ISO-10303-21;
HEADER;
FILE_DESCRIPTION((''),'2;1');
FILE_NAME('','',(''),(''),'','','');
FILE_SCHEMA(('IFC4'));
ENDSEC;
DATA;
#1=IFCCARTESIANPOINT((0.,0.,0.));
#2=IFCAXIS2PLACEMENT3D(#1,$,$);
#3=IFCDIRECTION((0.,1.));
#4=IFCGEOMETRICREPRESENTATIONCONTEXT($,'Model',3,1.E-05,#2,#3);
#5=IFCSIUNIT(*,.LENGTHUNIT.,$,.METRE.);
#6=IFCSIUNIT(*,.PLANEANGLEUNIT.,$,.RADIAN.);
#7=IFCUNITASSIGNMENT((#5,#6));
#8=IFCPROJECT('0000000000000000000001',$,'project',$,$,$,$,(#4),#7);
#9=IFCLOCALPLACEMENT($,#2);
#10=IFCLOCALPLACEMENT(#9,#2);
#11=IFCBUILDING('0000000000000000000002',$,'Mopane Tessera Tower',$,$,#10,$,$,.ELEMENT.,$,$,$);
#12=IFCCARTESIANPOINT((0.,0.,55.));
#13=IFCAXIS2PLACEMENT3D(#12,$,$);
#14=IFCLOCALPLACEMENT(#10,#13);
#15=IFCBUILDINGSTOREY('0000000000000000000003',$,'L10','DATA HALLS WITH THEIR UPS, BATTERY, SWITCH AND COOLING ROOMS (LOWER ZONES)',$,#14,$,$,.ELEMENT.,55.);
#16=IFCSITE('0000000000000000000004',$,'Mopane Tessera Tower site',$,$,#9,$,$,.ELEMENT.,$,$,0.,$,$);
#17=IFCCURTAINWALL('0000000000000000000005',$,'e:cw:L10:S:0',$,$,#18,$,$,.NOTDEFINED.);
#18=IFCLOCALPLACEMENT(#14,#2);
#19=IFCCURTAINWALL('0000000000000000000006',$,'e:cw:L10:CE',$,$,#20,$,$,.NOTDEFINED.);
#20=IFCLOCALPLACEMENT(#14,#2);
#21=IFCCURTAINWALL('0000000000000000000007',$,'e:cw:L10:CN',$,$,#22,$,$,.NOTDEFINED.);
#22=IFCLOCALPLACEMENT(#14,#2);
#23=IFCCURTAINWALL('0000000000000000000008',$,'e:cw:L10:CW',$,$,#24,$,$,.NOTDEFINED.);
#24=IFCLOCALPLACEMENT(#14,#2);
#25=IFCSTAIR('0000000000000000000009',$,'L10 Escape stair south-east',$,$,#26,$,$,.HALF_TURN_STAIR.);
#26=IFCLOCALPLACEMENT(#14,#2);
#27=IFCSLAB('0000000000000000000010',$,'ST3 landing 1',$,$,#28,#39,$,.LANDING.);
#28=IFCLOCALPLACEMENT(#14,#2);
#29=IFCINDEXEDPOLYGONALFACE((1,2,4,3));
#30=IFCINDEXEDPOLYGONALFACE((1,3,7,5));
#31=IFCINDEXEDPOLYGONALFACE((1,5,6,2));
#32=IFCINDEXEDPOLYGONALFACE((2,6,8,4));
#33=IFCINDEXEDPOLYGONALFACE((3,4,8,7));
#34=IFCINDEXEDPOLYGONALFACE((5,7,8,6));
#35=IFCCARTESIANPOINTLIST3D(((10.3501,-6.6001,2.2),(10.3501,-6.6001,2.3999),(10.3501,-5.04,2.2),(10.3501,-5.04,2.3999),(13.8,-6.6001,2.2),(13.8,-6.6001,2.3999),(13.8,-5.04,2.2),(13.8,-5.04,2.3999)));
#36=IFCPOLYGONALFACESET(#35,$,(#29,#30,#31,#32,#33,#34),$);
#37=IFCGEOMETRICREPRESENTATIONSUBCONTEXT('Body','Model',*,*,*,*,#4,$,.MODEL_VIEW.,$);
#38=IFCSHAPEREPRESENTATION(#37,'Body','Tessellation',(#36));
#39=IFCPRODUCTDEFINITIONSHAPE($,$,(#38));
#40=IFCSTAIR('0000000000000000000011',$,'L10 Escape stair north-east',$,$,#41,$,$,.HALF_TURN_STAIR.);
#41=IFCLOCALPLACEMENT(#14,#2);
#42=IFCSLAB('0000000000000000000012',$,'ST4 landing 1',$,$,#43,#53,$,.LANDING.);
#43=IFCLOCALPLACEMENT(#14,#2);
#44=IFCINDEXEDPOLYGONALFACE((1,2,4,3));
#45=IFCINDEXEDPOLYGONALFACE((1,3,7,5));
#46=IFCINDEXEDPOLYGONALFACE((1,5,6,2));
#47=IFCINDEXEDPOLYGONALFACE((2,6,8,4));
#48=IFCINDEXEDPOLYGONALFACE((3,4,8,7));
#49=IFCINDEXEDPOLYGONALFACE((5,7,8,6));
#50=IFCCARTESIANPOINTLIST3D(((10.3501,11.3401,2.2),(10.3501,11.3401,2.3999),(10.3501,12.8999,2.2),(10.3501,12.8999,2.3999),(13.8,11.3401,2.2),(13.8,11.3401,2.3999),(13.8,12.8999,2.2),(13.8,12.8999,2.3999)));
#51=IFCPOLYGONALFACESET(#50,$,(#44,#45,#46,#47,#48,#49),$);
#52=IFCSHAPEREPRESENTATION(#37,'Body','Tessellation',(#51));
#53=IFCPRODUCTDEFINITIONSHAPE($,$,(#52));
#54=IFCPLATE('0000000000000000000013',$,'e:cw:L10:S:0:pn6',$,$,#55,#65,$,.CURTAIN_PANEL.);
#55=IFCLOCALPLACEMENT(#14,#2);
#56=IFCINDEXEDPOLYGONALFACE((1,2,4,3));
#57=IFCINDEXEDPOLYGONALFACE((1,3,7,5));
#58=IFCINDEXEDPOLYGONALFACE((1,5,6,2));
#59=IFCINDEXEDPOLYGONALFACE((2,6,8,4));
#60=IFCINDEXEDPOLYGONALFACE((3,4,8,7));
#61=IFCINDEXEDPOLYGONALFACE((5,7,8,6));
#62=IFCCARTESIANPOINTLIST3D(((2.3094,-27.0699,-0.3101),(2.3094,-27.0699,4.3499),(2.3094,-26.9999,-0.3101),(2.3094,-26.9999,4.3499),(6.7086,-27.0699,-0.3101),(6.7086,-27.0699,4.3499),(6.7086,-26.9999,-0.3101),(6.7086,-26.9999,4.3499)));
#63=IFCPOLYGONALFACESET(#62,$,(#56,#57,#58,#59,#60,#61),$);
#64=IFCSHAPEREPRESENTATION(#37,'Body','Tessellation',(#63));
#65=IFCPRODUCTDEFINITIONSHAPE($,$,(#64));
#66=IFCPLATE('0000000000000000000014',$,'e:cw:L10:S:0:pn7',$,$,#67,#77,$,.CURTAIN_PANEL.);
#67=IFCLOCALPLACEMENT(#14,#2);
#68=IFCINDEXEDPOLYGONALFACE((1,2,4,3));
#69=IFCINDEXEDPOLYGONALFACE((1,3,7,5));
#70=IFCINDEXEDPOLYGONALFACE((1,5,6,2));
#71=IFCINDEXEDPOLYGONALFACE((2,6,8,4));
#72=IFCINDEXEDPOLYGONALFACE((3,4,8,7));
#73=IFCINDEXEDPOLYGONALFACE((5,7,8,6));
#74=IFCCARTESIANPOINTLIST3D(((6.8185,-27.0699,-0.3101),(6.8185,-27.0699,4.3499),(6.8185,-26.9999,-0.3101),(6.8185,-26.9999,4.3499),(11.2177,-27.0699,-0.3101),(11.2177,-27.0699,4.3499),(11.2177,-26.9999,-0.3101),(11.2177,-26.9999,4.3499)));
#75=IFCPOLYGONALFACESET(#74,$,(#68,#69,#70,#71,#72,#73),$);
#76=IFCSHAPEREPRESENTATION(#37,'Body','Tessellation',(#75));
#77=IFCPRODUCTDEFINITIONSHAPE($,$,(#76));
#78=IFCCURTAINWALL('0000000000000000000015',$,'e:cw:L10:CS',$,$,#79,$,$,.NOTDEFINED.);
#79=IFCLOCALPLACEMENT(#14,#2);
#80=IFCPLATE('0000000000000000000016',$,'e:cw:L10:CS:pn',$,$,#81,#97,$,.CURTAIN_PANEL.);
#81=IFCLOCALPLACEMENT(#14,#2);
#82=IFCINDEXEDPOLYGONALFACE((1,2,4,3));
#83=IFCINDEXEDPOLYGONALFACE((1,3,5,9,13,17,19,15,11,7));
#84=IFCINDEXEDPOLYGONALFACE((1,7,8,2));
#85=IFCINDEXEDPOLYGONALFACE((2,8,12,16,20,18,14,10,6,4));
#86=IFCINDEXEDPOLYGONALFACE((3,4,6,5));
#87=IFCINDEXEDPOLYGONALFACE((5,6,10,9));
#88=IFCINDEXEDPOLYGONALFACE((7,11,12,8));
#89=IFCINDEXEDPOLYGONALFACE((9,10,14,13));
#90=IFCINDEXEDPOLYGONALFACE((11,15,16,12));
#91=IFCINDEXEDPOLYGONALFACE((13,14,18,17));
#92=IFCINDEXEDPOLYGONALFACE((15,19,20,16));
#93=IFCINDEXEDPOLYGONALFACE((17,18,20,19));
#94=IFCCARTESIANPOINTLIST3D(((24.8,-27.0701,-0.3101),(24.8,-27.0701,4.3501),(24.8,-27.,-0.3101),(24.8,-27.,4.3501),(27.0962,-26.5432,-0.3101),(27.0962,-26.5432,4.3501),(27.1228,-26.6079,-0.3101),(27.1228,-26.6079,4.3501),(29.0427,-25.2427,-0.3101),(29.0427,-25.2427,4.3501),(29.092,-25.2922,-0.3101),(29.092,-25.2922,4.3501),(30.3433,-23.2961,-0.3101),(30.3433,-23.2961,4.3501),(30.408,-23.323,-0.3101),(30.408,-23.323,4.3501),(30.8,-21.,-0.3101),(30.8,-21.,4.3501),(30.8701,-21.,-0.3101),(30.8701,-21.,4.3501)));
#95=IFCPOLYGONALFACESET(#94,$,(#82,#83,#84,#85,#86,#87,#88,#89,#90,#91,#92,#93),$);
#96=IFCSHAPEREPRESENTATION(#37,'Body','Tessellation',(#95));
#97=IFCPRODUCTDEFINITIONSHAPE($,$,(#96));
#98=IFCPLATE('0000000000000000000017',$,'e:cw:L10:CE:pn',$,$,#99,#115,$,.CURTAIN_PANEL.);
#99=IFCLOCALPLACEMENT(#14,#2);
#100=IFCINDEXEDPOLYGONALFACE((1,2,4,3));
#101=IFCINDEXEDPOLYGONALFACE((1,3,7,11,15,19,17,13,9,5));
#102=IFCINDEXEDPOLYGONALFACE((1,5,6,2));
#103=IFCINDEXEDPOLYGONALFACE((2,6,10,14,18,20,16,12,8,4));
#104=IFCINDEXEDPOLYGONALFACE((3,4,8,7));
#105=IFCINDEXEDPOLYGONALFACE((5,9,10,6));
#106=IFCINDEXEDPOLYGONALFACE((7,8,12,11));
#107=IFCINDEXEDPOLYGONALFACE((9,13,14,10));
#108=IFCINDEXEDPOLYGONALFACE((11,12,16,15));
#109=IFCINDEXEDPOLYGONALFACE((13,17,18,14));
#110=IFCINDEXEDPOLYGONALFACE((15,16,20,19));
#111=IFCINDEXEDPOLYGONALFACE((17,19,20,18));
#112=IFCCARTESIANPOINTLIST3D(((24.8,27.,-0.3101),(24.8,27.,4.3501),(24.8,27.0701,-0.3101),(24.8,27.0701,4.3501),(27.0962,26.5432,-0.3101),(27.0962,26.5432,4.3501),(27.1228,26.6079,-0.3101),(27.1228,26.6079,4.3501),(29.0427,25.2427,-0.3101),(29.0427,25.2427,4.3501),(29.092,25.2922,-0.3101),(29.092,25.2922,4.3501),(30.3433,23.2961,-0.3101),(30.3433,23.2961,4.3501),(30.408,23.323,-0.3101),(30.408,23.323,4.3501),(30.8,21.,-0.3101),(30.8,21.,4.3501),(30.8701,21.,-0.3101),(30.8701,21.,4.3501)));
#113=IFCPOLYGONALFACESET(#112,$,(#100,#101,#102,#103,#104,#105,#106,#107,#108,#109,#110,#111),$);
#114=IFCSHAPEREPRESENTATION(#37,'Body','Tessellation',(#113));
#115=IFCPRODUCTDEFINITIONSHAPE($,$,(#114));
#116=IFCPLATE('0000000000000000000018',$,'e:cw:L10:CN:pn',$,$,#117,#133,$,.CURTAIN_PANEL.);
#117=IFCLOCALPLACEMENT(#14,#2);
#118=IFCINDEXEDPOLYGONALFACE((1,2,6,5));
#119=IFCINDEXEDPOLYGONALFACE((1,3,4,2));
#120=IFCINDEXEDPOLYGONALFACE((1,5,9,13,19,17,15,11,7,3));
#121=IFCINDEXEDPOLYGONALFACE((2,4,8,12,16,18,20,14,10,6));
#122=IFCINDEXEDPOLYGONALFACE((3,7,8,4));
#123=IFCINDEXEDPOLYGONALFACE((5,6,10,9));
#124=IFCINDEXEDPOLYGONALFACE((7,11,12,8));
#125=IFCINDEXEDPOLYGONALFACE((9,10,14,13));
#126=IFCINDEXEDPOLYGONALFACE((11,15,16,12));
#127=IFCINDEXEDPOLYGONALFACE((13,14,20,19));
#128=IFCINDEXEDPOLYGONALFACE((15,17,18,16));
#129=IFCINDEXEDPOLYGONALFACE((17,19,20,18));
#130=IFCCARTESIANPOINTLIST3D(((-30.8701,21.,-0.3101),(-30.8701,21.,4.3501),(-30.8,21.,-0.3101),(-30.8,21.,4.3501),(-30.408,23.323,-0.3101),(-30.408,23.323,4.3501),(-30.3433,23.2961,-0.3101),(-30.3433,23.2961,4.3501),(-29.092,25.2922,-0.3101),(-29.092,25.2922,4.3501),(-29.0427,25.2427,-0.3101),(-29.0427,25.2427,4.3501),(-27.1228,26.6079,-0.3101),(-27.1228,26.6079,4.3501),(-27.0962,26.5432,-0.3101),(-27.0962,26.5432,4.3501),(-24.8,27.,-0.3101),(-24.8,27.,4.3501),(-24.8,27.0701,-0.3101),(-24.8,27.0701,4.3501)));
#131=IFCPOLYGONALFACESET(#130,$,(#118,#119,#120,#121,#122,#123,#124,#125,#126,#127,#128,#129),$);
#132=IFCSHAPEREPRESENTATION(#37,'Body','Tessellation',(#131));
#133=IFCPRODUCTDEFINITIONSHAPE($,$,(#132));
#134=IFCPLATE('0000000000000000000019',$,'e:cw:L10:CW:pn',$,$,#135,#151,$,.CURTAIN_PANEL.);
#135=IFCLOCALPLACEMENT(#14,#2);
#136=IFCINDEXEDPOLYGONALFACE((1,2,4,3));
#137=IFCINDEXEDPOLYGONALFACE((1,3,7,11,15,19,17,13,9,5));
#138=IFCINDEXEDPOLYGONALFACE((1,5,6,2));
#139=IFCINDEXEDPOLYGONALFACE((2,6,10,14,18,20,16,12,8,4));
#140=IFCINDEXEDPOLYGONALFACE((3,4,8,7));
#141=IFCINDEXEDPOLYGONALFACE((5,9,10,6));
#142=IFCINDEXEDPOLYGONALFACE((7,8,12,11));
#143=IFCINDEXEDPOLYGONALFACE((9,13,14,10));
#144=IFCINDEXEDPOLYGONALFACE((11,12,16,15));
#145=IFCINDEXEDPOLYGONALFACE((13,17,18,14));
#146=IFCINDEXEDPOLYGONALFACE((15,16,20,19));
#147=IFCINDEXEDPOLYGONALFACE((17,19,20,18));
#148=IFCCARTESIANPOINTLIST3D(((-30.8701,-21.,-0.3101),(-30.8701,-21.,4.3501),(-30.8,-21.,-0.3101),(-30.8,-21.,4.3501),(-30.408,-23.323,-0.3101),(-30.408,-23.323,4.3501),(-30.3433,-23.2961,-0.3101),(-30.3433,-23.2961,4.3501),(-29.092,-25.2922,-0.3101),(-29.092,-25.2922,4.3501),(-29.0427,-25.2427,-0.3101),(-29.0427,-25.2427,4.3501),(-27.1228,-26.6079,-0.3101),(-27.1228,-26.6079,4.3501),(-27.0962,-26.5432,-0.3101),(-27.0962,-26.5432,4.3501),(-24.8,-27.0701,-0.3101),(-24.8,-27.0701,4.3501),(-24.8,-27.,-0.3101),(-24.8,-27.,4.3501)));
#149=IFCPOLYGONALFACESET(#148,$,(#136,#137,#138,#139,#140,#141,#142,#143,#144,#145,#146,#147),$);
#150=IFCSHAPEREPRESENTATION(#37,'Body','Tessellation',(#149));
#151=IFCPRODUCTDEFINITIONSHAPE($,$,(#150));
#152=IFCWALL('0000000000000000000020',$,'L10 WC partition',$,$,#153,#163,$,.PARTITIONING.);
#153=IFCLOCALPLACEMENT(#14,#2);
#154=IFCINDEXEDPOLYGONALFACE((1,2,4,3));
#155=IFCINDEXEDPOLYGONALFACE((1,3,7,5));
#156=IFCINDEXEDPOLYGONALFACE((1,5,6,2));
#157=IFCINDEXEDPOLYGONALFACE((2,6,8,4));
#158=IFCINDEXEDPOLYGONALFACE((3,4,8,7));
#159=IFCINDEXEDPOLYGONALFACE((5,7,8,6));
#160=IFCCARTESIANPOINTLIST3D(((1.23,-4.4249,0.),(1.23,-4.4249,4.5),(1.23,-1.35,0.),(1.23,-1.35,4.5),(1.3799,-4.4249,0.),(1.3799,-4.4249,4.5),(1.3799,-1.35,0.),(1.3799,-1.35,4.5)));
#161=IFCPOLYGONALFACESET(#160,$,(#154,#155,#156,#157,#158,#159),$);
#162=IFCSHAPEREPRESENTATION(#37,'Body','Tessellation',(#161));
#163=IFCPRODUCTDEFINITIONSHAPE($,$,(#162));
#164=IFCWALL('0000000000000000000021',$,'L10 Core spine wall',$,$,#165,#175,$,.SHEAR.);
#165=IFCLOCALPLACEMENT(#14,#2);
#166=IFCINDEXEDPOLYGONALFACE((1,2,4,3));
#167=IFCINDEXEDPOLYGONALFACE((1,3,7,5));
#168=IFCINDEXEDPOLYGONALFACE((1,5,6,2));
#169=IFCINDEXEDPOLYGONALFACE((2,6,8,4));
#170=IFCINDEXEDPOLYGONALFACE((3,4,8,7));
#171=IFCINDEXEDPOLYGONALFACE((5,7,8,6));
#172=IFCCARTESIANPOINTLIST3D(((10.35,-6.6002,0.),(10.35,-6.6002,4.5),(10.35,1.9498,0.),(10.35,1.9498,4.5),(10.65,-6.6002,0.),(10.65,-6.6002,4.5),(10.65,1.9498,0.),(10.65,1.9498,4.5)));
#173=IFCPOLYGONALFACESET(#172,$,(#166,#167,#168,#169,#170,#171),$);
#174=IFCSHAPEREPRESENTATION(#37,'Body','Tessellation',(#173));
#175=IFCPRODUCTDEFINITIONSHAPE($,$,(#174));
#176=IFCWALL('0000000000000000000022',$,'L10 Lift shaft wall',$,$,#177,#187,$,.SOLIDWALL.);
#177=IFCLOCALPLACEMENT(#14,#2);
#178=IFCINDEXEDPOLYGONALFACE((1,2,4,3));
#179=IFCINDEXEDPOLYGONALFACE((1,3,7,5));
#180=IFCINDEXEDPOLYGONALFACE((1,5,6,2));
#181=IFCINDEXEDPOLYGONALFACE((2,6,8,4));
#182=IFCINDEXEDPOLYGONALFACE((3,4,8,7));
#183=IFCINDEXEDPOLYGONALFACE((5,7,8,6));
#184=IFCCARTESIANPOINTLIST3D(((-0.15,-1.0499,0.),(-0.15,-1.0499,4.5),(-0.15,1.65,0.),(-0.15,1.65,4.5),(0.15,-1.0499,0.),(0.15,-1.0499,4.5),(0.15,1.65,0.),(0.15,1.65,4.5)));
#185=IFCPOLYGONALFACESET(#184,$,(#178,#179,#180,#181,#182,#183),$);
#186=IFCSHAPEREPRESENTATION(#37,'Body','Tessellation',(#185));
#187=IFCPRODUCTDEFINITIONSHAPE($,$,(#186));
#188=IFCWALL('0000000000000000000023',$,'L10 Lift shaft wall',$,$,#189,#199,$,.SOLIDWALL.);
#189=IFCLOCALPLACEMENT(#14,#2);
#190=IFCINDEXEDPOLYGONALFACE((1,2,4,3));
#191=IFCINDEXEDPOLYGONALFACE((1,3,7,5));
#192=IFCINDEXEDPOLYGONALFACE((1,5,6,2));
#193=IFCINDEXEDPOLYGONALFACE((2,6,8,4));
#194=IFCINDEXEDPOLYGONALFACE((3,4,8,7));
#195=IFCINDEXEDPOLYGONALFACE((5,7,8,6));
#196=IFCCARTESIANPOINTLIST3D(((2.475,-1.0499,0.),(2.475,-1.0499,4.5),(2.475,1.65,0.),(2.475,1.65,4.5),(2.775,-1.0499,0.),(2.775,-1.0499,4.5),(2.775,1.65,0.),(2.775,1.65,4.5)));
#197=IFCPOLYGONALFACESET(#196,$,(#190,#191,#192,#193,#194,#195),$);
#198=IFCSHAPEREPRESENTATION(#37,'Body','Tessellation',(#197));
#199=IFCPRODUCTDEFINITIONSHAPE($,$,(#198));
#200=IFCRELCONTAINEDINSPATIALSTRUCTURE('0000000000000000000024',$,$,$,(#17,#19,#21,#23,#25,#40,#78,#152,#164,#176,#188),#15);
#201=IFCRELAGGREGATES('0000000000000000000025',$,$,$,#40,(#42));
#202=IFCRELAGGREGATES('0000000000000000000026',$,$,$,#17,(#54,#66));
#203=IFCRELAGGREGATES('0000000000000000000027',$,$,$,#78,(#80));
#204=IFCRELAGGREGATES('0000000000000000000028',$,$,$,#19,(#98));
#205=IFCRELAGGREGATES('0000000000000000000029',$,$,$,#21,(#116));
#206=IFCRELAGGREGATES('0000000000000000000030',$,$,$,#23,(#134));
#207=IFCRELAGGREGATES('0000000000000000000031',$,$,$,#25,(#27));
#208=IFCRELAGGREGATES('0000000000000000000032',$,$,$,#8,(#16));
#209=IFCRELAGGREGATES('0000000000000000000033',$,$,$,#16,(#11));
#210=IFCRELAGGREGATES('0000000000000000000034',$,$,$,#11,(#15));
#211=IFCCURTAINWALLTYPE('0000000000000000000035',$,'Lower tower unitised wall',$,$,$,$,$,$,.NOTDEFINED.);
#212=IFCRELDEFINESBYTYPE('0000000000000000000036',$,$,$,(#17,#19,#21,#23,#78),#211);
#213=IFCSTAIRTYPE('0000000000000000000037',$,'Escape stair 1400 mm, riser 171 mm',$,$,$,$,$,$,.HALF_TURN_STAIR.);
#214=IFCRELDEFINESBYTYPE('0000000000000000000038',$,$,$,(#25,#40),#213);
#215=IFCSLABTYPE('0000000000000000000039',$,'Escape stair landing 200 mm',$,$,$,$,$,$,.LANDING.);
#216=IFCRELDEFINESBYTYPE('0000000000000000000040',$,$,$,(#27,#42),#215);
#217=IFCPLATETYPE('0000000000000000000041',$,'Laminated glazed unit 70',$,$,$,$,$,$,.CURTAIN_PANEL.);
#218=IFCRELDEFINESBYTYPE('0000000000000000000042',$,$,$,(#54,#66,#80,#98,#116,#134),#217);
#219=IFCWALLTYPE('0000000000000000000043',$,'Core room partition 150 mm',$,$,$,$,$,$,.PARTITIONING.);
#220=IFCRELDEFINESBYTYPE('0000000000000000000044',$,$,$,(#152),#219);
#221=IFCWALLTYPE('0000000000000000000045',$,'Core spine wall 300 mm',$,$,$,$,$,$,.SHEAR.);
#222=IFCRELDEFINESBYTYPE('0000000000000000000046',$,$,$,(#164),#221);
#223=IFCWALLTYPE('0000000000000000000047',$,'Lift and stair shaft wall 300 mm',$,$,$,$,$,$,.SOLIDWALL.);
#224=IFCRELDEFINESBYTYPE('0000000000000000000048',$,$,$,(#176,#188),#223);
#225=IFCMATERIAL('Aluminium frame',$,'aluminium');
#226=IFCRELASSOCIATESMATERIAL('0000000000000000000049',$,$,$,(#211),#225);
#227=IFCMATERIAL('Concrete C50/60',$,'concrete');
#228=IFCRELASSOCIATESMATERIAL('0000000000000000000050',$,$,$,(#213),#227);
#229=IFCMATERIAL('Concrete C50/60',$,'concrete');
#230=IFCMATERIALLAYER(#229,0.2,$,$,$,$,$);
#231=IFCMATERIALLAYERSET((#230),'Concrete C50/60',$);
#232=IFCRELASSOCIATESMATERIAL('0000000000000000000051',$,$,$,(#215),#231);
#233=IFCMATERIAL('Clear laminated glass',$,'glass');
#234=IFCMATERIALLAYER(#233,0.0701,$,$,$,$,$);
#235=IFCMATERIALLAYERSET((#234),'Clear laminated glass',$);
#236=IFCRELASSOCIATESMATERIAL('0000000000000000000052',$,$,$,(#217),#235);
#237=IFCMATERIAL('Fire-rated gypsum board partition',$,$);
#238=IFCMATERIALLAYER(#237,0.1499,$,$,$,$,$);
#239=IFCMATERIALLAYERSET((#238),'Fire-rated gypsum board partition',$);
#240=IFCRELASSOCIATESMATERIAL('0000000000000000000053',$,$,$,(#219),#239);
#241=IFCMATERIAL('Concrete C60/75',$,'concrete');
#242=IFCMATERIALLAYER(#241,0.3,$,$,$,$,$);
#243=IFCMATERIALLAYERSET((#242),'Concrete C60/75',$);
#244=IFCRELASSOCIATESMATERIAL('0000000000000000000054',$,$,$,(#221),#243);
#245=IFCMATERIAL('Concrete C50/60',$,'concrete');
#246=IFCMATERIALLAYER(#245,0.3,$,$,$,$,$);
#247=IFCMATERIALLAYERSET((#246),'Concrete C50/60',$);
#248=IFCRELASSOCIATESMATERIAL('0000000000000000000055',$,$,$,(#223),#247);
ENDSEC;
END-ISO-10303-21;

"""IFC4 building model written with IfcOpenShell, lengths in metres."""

from ifc_helpers import new_model, si_unit, direction, frame, frame_2d, origin, origin_2d, place, context, subcontext, project, spatial, polyline, rectangle, outline, extrude, material, layer, layer_set, type_object, element, aggregate, save


model = new_model("IFC4")

# Units and contexts
model_context = context("Model", 3, precision=1e-05, world=origin(), true_north=direction((0.0, 1.0)))
body_context = subcontext(model_context, "Body", "Model", "MODEL_VIEW")
ifc_project = project(units=[si_unit("LENGTHUNIT", "METRE"), si_unit("PLANEANGLEUNIT", "RADIAN")], contexts=[model_context])

# Site, building, storey
site_placement = place(None, origin())
site = spatial("IfcSite", under=ifc_project, at=site_placement, Name="Mopane Tessera Tower site", CompositionType="ELEMENT", RefElevation=0.0)
building_placement = place(site_placement, origin())
building = spatial("IfcBuilding", under=site, at=building_placement, Name="Mopane Tessera Tower", CompositionType="ELEMENT")
storey_placement = place(building_placement, frame((0.0, 0.0, 55.0)))
storey = spatial("IfcBuildingStorey", under=building, at=storey_placement, Name="L10", Description="DATA HALLS WITH THEIR UPS, BATTERY, SWITCH AND COOLING ROOMS (LOWER ZONES)", CompositionType="ELEMENT", Elevation=55.0)

# Curtain wall
ifc_material_1 = material(Name="Aluminium frame", Category="aluminium")
curtain_wall_type = type_object("IfcCurtainWallType", Name="Lower tower unitised wall", PredefinedType="NOTDEFINED", material=ifc_material_1)
curtain_wall_1_placement = place(storey_placement, origin())
curtain_wall_1 = element("IfcCurtainWall", 1, at=curtain_wall_1_placement, inside=storey, type_object=curtain_wall_type, Name="e:cw:L10:S:0", PredefinedType="NOTDEFINED")

# Curtain walls
curtain_wall_2_placement = place(storey_placement, origin())
curtain_wall_2 = element("IfcCurtainWall", 2, at=curtain_wall_2_placement, inside=storey, type_object=curtain_wall_type, Name="e:cw:L10:CE", PredefinedType="NOTDEFINED")
curtain_wall_3_placement = place(storey_placement, origin())
curtain_wall_3 = element("IfcCurtainWall", 3, at=curtain_wall_3_placement, inside=storey, type_object=curtain_wall_type, Name="e:cw:L10:CN", PredefinedType="NOTDEFINED")
curtain_wall_4_placement = place(storey_placement, origin())
curtain_wall_4 = element("IfcCurtainWall", 4, at=curtain_wall_4_placement, inside=storey, type_object=curtain_wall_type, Name="e:cw:L10:CW", PredefinedType="NOTDEFINED")

# Stairs, slabs
ifc_material_2 = material(Name="Concrete C50/60", Category="concrete")
stair_type = type_object("IfcStairType", Name="Escape stair 1400 mm, riser 171 mm", PredefinedType="HALF_TURN_STAIR", material=ifc_material_2)
ifc_material_3 = material(Name="Concrete C50/60", Category="concrete")
ifc_layer_1 = layer(ifc_material_3, 0.2)
ifc_layer_set_1 = layer_set([ifc_layer_1], Name="Concrete C50/60")
slab_type = type_object("IfcSlabType", Name="Escape stair landing 200 mm", PredefinedType="LANDING", material=ifc_layer_set_1)
stair_1_placement = place(storey_placement, origin())
stair_1 = element("IfcStair", 5, at=stair_1_placement, inside=storey, type_object=stair_type, Name="L10 Escape stair south-east", PredefinedType="HALF_TURN_STAIR")
slab_1_placement = place(storey_placement, frame((0.0, 0.0, 2.2)))
slab_1 = element("IfcSlab", 6, at=slab_1_placement, type_object=slab_type, Name="ST3 landing 1", PredefinedType="LANDING", context=body_context, shape_type="SweptSolid", body=[
    extrude(outline(polyline([(10.3501, -5.04), (10.3501, -6.6001), (13.8, -6.6001), (13.8, -5.04), (10.3501, -5.04)])), origin(), (0.0, 0.0, 1.0), 0.2),
])
stair_2_placement = place(storey_placement, origin())
stair_2 = element("IfcStair", 7, at=stair_2_placement, inside=storey, type_object=stair_type, Name="L10 Escape stair north-east", PredefinedType="HALF_TURN_STAIR")
slab_2_placement = place(storey_placement, frame((0.0, 0.0, 2.2)))
slab_2 = element("IfcSlab", 8, at=slab_2_placement, type_object=slab_type, Name="ST4 landing 1", PredefinedType="LANDING", context=body_context, shape_type="SweptSolid", body=[
    extrude(outline(polyline([(13.8, 11.3401), (13.8, 12.8999), (10.3501, 12.8999), (10.3501, 11.3401), (13.8, 11.3401)])), origin(), (0.0, 0.0, 1.0), 0.2),
])
aggregate(stair_2, [slab_2])

# Plates
ifc_material_4 = material(Name="Clear laminated glass", Category="glass")
ifc_layer_2 = layer(ifc_material_4, 0.0701)
ifc_layer_set_2 = layer_set([ifc_layer_2], Name="Clear laminated glass")
plate_type = type_object("IfcPlateType", Name="Laminated glazed unit 70", PredefinedType="CURTAIN_PANEL", material=ifc_layer_set_2)
plate_1_placement = place(storey_placement, frame((4.509, -27.0349, -0.3101), z_axis=(0.0, 0.0, 1.0), x_axis=(1.0, 0.0, 0.0)))
plate_1 = element("IfcPlate", 9, at=plate_1_placement, type_object=plate_type, Name="e:cw:L10:S:0:pn6", PredefinedType="CURTAIN_PANEL", context=body_context, shape_type="SweptSolid", body=[
    extrude(rectangle(XDim=4.3992, YDim=0.0701, at=origin_2d()), origin(), (0.0, 0.0, 1.0), 4.6599),
])
plate_2_placement = place(storey_placement, frame((9.0181, -27.0349, -0.3101), z_axis=(0.0, 0.0, 1.0), x_axis=(1.0, 0.0, 0.0)))
plate_2 = element("IfcPlate", 10, at=plate_2_placement, type_object=plate_type, Name="e:cw:L10:S:0:pn7", PredefinedType="CURTAIN_PANEL", context=body_context, shape_type="SweptSolid", body=[
    extrude(rectangle(XDim=4.3992, YDim=0.0701, at=origin_2d()), origin(), (0.0, 0.0, 1.0), 4.6599),
])
aggregate(curtain_wall_1, [plate_1, plate_2])

# Curtain wall, plate
curtain_wall_5_placement = place(storey_placement, origin())
curtain_wall_5 = element("IfcCurtainWall", 11, at=curtain_wall_5_placement, inside=storey, type_object=curtain_wall_type, Name="e:cw:L10:CS", PredefinedType="NOTDEFINED")
plate_3_placement = place(storey_placement, frame((0.0, 0.0, -0.3101)))
plate_3 = element("IfcPlate", 12, at=plate_3_placement, type_object=plate_type, Name="e:cw:L10:CS:pn", PredefinedType="CURTAIN_PANEL", context=body_context, shape_type="SweptSolid", body=[
    extrude(outline(polyline([(24.8, -27.0), (27.0962, -26.5432), (29.0427, -25.2427), (30.3433, -23.2961), (30.8, -21.0), (30.8701, -21.0), (30.408, -23.323), (29.092, -25.2922), (27.1228, -26.6079), (24.8, -27.0701), (24.8, -27.0)])), origin(), (0.0, 0.0, 1.0), 4.6602),
])
aggregate(curtain_wall_5, [plate_3])

# Plates
plate_4_placement = place(storey_placement, frame((0.0, 0.0, -0.3101)))
plate_4 = element("IfcPlate", 13, at=plate_4_placement, type_object=plate_type, Name="e:cw:L10:CE:pn", PredefinedType="CURTAIN_PANEL", context=body_context, shape_type="SweptSolid", body=[
    extrude(outline(polyline([(30.8, 21.0), (30.3433, 23.2961), (29.0427, 25.2427), (27.0962, 26.5432), (24.8, 27.0), (24.8, 27.0701), (27.1228, 26.6079), (29.092, 25.2922), (30.408, 23.323), (30.8701, 21.0), (30.8, 21.0)])), origin(), (0.0, 0.0, 1.0), 4.6602),
])
aggregate(curtain_wall_2, [plate_4])
plate_5_placement = place(storey_placement, frame((0.0, 0.0, -0.3101)))
plate_5 = element("IfcPlate", 14, at=plate_5_placement, type_object=plate_type, Name="e:cw:L10:CN:pn", PredefinedType="CURTAIN_PANEL", context=body_context, shape_type="SweptSolid", body=[
    extrude(outline(polyline([(-24.8, 27.0), (-27.0962, 26.5432), (-29.0427, 25.2427), (-30.3433, 23.2961), (-30.8, 21.0), (-30.8701, 21.0), (-30.408, 23.323), (-29.092, 25.2922), (-27.1228, 26.6079), (-24.8, 27.0701), (-24.8, 27.0)])), origin(), (0.0, 0.0, 1.0), 4.6602),
])
aggregate(curtain_wall_3, [plate_5])
plate_6_placement = place(storey_placement, frame((0.0, 0.0, -0.3101)))
plate_6 = element("IfcPlate", 15, at=plate_6_placement, type_object=plate_type, Name="e:cw:L10:CW:pn", PredefinedType="CURTAIN_PANEL", context=body_context, shape_type="SweptSolid", body=[
    extrude(outline(polyline([(-30.8, -21.0), (-30.3433, -23.2961), (-29.0427, -25.2427), (-27.0962, -26.5432), (-24.8, -27.0), (-24.8, -27.0701), (-27.1228, -26.6079), (-29.092, -25.2922), (-30.408, -23.323), (-30.8701, -21.0), (-30.8, -21.0)])), origin(), (0.0, 0.0, 1.0), 4.6602),
])
aggregate(curtain_wall_4, [plate_6])

# Walls
ifc_material_5 = material(Name="Fire-rated gypsum board partition")
ifc_layer_3 = layer(ifc_material_5, 0.1499)
ifc_layer_set_3 = layer_set([ifc_layer_3], Name="Fire-rated gypsum board partition")
wall_type_1 = type_object("IfcWallType", Name="Core room partition 150 mm", PredefinedType="PARTITIONING", material=ifc_layer_set_3)
wall_1_placement = place(storey_placement, frame((1.3049, -4.425, 0.0), z_axis=(0.0, 0.0, 1.0), x_axis=(0.0, 1.0, 0.0)))
element("IfcWall", 16, at=wall_1_placement, inside=storey, type_object=wall_type_1, Name="L10 WC partition", PredefinedType="PARTITIONING", context=body_context, shape_type="SweptSolid", body=[
    extrude(rectangle(XDim=3.075, YDim=0.1499, at=frame_2d((1.5376, 0.0))), origin(), (0.0, 0.0, 1.0), 4.5),
])
ifc_material_6 = material(Name="Concrete C60/75", Category="concrete")
ifc_layer_4 = layer(ifc_material_6, 0.3)
ifc_layer_set_4 = layer_set([ifc_layer_4], Name="Concrete C60/75")
wall_type_2 = type_object("IfcWallType", Name="Core spine wall 300 mm", PredefinedType="SHEAR", material=ifc_layer_set_4)
wall_2_placement = place(storey_placement, frame((10.5, -6.6001, 0.0), z_axis=(0.0, 0.0, 1.0), x_axis=(0.0, 1.0, 0.0)))
element("IfcWall", 17, at=wall_2_placement, inside=storey, type_object=wall_type_2, Name="L10 Core spine wall", PredefinedType="SHEAR", context=body_context, shape_type="SweptSolid", body=[
    extrude(rectangle(XDim=8.55, YDim=0.3, at=frame_2d((4.2749, 0.0))), origin(), (0.0, 0.0, 1.0), 4.5),
])
ifc_material_7 = material(Name="Concrete C50/60", Category="concrete")
ifc_layer_5 = layer(ifc_material_7, 0.3)
ifc_layer_set_5 = layer_set([ifc_layer_5], Name="Concrete C50/60")
wall_type_3 = type_object("IfcWallType", Name="Lift and stair shaft wall 300 mm", PredefinedType="SOLIDWALL", material=ifc_layer_set_5)
for number, where, z_axis, x_axis, name in (
    (18, (0.0, -1.05, 0.0), (0.0, 0.0, 1.0), (0.0, 1.0, 0.0), "L10 Lift shaft wall"),
    (19, (2.625, -1.05, 0.0), (0.0, 0.0, 1.0), (0.0, 1.0, 0.0), "L10 Lift shaft wall"),
):
    element("IfcWall", number, at=place(storey_placement, frame(where, z_axis=z_axis, x_axis=x_axis)), inside=storey, type_object=wall_type_3, Name=name, PredefinedType="SOLIDWALL", context=body_context, shape_type="SweptSolid", body=[
        extrude(rectangle(XDim=2.7, YDim=0.3, at=frame_2d((1.3501, 0.0))), origin(), (0.0, 0.0, 1.0), 4.5),
    ])

aggregate(stair_1, [slab_1])

save(model, "model.ifc")
